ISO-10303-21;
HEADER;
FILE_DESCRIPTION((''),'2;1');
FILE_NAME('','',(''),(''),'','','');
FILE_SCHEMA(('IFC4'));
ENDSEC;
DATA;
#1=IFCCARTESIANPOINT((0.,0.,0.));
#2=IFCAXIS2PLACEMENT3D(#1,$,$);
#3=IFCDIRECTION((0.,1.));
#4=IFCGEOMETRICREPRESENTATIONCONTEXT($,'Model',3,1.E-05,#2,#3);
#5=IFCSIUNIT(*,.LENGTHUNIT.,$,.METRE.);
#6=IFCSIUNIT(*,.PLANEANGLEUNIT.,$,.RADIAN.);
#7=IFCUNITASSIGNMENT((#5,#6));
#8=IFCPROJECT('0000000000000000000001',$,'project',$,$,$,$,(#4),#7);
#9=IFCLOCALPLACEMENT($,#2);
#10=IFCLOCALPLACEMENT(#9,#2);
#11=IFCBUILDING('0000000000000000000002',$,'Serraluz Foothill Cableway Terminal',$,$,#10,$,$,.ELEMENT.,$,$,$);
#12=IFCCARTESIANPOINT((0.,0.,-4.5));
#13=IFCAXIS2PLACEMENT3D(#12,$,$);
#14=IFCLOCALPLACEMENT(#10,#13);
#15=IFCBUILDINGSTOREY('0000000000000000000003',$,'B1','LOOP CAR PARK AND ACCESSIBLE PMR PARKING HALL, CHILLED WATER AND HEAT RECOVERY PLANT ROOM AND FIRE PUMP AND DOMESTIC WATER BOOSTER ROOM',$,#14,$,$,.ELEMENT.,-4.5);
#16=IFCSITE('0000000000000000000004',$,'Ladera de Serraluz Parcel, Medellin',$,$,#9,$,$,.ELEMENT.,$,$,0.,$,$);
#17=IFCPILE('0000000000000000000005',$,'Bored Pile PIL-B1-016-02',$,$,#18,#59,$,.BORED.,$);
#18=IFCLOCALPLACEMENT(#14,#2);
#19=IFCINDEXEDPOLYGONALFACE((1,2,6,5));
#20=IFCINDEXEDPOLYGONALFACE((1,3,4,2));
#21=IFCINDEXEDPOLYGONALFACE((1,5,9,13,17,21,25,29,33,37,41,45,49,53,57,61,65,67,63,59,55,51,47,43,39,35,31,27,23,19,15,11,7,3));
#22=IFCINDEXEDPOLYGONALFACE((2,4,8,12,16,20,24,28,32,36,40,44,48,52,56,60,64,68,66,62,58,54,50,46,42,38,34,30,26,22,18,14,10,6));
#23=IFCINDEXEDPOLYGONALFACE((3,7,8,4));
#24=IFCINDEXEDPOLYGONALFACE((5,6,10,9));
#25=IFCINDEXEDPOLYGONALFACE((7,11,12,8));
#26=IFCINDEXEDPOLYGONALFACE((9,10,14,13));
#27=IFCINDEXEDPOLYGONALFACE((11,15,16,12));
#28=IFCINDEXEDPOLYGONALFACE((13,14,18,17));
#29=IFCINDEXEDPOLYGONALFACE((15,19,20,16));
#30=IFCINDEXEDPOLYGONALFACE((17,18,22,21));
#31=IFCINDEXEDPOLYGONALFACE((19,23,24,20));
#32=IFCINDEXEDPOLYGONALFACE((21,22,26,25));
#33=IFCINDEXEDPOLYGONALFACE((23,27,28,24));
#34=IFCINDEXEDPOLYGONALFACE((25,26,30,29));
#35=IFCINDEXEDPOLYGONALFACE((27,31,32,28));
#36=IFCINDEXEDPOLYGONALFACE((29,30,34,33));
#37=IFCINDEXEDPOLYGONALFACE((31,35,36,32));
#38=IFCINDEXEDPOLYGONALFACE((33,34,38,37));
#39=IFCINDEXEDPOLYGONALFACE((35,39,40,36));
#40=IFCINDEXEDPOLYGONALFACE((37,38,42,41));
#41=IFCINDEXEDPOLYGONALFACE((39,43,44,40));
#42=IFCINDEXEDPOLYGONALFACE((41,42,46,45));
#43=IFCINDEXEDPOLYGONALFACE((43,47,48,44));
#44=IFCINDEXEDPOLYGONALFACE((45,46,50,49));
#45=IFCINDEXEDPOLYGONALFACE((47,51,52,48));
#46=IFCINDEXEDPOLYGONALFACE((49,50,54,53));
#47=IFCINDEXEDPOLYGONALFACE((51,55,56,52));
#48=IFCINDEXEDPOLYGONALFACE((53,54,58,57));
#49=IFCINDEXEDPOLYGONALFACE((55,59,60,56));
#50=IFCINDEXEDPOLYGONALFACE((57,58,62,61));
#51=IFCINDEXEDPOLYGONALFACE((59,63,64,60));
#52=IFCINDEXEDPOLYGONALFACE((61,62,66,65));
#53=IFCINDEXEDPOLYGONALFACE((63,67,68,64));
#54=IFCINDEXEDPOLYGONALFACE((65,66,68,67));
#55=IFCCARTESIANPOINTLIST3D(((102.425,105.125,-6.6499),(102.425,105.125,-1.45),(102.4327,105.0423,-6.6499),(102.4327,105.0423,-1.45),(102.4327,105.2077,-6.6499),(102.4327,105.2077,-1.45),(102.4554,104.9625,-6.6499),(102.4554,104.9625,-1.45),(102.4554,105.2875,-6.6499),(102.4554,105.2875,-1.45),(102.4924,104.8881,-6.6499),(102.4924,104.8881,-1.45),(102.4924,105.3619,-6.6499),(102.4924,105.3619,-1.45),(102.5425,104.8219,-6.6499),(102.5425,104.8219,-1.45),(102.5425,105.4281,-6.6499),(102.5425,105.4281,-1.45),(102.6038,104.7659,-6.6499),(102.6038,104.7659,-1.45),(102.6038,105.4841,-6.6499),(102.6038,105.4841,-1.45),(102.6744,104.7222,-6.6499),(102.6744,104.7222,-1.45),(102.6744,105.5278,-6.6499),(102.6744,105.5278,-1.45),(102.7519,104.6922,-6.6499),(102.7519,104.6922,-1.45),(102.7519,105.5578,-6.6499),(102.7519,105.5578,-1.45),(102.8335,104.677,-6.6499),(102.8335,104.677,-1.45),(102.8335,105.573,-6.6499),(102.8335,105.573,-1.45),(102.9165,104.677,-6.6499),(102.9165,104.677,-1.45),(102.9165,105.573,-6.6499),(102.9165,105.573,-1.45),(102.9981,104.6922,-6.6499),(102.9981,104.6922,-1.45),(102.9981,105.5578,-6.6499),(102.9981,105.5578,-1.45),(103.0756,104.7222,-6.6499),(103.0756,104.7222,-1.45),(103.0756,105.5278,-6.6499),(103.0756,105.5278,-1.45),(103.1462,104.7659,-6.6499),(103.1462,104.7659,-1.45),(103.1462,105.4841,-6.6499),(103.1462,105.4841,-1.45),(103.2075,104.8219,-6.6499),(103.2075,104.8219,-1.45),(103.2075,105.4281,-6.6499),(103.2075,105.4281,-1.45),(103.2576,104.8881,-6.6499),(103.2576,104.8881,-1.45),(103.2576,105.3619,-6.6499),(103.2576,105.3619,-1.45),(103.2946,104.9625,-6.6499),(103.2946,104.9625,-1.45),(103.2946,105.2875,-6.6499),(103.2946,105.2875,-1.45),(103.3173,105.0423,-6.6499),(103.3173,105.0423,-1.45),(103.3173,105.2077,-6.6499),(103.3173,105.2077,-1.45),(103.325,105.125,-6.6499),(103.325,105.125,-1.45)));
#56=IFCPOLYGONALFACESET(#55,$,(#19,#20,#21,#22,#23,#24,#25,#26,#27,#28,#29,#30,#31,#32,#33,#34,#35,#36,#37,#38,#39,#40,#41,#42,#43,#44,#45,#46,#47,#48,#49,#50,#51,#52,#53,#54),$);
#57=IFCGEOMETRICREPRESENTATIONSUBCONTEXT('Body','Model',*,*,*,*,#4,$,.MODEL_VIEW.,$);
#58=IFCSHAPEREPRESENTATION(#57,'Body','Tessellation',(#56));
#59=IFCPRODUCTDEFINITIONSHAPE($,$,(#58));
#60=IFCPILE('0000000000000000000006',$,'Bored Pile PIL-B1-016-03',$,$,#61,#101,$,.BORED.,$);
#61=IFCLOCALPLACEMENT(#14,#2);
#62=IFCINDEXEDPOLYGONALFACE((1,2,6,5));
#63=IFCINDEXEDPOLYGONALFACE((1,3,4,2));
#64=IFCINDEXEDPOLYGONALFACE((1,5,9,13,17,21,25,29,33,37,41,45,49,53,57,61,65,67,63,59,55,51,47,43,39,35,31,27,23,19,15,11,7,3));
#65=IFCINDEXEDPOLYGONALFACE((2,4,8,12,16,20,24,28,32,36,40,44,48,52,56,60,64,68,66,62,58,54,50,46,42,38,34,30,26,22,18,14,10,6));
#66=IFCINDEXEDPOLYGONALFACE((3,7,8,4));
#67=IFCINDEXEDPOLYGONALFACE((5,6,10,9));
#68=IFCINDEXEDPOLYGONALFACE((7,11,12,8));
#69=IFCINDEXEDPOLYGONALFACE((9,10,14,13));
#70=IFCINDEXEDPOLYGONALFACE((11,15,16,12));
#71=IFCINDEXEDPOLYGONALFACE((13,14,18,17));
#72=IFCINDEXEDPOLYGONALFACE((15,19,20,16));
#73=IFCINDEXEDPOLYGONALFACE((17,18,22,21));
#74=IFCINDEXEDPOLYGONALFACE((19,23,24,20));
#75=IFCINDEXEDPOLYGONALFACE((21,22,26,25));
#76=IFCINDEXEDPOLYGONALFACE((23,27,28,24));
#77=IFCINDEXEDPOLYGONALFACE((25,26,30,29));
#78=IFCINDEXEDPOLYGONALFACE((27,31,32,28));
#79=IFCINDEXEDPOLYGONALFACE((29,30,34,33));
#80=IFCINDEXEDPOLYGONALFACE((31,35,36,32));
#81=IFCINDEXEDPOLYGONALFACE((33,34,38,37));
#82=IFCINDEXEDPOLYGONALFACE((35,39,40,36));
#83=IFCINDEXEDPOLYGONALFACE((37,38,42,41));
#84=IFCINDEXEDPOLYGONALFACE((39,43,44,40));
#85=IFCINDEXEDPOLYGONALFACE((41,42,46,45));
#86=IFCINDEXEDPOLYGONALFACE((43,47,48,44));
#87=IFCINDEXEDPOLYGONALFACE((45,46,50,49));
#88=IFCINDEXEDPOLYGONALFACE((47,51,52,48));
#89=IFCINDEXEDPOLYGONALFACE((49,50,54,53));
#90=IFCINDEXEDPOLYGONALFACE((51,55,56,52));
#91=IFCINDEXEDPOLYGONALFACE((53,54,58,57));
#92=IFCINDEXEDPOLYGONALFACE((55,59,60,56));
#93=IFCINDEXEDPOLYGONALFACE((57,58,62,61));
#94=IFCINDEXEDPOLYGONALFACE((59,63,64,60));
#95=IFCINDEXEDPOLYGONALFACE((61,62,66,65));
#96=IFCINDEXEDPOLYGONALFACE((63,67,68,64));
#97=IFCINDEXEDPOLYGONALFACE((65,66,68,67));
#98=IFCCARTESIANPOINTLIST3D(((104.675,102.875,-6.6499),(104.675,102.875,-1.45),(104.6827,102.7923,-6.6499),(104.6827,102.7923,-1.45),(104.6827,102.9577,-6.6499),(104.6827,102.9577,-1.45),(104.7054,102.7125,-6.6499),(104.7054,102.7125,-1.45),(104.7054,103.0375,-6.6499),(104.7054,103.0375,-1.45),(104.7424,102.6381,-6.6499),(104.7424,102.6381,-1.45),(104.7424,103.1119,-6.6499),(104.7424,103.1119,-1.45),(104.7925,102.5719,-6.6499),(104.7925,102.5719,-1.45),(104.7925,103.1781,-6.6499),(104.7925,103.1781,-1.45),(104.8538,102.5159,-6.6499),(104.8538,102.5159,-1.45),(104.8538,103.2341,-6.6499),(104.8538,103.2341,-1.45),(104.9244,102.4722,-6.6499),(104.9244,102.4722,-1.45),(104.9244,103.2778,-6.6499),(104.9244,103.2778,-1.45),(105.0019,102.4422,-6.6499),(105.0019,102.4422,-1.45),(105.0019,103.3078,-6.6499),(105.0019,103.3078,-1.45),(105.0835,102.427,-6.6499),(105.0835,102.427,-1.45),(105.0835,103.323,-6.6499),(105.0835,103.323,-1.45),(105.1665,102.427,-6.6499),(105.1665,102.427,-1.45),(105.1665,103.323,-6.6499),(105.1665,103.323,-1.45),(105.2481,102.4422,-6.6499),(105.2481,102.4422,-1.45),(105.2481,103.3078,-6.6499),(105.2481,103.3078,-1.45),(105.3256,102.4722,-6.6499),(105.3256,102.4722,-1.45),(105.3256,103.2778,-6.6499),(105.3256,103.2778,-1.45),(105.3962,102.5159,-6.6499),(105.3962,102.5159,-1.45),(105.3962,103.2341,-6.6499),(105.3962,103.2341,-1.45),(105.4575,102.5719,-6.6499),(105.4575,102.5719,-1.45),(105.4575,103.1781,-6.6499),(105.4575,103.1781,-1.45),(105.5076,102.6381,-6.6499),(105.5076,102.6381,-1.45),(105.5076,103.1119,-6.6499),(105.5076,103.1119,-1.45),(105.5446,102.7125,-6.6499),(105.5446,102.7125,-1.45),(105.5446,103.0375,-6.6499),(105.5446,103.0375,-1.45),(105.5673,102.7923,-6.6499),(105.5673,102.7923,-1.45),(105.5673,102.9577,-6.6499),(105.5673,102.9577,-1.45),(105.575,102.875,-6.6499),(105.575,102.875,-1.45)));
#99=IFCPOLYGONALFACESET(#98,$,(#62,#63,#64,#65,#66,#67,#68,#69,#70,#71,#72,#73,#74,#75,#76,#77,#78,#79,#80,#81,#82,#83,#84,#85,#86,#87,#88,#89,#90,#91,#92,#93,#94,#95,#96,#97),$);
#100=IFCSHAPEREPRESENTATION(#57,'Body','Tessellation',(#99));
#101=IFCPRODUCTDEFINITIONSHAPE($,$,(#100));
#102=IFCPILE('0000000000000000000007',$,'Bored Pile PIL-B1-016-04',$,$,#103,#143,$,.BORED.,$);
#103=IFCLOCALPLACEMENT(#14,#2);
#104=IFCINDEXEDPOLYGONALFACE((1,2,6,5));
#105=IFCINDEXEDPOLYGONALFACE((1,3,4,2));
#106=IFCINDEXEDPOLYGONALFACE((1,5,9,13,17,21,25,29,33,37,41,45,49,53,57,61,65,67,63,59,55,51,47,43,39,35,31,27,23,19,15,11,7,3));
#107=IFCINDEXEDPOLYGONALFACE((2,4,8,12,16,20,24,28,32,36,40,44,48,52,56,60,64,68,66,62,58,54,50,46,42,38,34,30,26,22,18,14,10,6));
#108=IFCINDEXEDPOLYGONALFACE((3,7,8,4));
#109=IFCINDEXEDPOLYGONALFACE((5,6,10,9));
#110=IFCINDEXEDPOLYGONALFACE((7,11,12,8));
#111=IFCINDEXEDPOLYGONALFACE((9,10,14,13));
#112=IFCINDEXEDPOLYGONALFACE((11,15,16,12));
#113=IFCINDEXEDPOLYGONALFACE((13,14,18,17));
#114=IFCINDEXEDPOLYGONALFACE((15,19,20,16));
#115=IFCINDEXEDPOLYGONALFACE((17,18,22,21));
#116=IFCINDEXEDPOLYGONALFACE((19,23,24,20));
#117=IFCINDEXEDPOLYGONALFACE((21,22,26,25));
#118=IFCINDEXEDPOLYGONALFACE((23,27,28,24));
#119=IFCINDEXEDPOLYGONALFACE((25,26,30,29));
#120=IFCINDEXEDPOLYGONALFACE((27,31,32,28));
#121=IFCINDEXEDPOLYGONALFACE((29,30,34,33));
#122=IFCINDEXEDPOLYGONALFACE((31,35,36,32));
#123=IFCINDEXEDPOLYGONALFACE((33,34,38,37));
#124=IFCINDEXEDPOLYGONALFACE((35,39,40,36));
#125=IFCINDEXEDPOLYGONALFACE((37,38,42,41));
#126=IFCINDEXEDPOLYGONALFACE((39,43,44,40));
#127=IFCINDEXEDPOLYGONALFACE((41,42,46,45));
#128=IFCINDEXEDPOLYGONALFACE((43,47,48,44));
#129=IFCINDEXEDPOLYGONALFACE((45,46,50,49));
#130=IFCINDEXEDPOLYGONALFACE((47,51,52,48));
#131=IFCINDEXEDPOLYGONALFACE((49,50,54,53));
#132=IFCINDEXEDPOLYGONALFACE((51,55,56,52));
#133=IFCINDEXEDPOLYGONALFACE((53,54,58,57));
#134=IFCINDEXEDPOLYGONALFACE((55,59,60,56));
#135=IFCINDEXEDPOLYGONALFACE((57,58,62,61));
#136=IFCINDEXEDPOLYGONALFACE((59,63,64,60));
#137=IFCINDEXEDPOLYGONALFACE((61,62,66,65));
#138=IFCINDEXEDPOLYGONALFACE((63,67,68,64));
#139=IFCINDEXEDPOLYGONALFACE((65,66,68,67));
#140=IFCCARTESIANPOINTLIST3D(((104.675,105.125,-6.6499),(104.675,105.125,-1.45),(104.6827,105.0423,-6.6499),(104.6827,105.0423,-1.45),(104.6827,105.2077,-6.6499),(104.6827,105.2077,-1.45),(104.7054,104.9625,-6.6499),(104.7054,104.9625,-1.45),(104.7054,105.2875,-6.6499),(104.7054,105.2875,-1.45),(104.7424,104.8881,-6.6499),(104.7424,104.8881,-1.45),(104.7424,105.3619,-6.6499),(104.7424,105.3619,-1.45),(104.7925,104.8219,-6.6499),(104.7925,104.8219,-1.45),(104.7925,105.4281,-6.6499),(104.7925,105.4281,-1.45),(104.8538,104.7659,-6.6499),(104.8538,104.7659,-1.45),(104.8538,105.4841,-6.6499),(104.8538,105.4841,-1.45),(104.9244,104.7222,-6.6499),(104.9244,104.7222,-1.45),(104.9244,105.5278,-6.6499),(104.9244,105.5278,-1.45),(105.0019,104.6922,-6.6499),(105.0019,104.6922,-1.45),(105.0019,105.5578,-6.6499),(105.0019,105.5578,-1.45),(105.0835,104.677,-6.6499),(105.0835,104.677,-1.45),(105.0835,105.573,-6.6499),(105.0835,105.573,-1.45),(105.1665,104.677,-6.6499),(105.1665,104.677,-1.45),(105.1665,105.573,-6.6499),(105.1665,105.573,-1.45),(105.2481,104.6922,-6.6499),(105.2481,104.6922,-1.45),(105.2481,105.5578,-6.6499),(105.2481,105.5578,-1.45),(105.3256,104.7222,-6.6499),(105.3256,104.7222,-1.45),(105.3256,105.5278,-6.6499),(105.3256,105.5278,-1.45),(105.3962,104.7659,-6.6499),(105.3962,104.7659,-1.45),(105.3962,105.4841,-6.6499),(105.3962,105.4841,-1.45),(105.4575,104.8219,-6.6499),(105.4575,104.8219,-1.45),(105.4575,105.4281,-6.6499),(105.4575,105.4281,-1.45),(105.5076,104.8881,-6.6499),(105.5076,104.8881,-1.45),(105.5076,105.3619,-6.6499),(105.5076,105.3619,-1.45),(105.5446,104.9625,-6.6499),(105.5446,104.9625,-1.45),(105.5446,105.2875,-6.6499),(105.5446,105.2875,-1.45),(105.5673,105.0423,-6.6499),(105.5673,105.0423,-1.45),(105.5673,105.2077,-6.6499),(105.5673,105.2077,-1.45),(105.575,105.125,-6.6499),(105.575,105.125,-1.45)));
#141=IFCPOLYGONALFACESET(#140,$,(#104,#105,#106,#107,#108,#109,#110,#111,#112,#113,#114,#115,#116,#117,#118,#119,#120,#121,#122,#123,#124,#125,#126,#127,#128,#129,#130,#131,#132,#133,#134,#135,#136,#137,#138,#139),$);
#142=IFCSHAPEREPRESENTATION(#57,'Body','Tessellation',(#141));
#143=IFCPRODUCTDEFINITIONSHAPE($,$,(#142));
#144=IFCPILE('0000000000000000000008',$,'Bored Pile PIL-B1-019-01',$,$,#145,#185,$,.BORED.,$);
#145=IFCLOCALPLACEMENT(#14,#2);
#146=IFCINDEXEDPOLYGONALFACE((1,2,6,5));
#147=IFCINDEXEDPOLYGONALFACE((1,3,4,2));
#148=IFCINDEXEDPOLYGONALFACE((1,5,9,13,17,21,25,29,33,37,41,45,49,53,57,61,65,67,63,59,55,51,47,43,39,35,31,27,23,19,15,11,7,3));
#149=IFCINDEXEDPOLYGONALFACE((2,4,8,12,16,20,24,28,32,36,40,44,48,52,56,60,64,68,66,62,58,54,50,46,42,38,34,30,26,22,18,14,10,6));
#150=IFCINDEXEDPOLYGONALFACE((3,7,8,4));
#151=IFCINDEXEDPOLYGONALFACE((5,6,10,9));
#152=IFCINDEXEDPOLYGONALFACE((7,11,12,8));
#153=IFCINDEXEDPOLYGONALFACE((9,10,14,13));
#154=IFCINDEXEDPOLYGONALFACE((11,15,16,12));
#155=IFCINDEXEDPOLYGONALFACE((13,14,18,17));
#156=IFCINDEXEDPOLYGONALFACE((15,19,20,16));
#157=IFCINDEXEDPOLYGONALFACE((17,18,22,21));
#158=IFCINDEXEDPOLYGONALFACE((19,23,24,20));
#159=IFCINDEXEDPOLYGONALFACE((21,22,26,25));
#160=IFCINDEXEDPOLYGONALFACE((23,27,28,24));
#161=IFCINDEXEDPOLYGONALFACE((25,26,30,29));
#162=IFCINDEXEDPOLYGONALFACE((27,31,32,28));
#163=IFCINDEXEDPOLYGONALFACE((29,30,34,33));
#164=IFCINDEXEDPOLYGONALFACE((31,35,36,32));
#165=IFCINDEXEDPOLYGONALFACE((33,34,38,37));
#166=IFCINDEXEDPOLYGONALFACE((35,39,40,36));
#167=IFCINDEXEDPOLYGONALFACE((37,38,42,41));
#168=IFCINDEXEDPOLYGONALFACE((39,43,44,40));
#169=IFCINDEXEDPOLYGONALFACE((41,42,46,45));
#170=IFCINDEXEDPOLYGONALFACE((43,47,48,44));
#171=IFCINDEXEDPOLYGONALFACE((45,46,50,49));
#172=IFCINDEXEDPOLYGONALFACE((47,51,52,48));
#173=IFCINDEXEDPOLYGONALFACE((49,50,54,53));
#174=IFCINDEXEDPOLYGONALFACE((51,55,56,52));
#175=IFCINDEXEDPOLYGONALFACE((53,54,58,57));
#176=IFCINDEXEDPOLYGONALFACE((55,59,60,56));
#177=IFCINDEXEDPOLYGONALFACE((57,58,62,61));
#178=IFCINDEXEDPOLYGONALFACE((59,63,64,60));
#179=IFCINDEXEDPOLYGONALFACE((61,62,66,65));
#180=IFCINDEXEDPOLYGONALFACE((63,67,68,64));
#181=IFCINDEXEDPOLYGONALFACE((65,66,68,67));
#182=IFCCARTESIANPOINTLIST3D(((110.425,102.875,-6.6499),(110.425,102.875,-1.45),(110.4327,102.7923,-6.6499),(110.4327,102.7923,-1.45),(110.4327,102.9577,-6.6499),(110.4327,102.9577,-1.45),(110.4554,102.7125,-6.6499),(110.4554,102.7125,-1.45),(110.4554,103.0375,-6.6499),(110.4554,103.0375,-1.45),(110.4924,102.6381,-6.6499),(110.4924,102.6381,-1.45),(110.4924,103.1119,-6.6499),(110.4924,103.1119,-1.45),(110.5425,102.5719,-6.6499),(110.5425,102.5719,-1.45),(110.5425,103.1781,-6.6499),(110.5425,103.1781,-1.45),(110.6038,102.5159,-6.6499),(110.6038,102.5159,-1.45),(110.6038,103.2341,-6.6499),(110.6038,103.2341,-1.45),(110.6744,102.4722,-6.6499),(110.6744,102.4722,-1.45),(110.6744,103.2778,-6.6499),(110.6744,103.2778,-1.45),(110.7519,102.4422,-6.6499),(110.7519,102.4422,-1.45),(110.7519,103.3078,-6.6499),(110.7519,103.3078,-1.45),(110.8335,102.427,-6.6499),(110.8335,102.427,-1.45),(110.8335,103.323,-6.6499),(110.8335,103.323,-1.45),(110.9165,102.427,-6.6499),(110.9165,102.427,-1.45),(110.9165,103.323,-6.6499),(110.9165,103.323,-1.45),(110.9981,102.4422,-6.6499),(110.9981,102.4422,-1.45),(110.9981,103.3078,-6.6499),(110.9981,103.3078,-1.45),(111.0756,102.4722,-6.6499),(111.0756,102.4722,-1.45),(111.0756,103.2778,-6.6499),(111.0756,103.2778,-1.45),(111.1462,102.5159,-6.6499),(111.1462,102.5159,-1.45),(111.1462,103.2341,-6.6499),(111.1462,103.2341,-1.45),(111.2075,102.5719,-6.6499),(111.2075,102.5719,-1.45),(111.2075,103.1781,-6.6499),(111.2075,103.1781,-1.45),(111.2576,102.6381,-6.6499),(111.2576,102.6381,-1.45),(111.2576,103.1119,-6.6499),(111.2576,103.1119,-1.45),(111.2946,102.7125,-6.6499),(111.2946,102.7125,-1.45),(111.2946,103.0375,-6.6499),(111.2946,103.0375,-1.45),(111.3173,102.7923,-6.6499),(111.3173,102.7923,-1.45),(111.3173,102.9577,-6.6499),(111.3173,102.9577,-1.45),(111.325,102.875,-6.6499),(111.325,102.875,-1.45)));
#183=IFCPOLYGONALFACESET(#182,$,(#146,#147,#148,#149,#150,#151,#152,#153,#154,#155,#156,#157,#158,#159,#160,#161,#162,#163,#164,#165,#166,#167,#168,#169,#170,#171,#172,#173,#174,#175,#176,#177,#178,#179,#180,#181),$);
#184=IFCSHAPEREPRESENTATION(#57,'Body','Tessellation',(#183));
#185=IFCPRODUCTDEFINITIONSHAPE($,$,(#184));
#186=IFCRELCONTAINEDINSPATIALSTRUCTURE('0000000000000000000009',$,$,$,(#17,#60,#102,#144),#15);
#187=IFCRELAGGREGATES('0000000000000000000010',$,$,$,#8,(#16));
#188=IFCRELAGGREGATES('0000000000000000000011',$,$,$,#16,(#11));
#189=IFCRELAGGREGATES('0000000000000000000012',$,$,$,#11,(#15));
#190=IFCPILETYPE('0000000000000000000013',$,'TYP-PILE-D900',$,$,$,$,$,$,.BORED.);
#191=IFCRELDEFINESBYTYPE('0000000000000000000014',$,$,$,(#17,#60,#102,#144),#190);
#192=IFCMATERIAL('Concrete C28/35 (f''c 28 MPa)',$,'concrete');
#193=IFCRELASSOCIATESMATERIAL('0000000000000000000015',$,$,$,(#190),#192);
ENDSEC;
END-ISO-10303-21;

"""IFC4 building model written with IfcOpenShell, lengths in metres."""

from ifc_helpers import new_model, si_unit, direction, frame, origin, origin_2d, place, context, subcontext, project, spatial, circle, extrude, material, material_profile, profile_set, type_object, element, save


model = new_model("IFC4")

# Units and contexts
model_context = context("Model", 3, precision=1e-05, world=origin(), true_north=direction((0.0, 1.0)))
body_context = subcontext(model_context, "Body", "Model", "MODEL_VIEW")
ifc_project = project(units=[si_unit("LENGTHUNIT", "METRE"), si_unit("PLANEANGLEUNIT", "RADIAN")], contexts=[model_context])

# Site, building, storey
site_placement = place(None, origin())
site = spatial("IfcSite", under=ifc_project, at=site_placement, Name="Ladera de Serraluz Parcel, Medellin", CompositionType="ELEMENT", RefElevation=0.0)
building_placement = place(site_placement, origin())
building = spatial("IfcBuilding", under=site, at=building_placement, Name="Serraluz Foothill Cableway Terminal", CompositionType="ELEMENT")
storey_placement = place(building_placement, frame((0.0, 0.0, -4.5)))
storey = spatial("IfcBuildingStorey", under=building, at=storey_placement, Name="B1", Description="LOOP CAR PARK AND ACCESSIBLE PMR PARKING HALL, CHILLED WATER AND HEAT RECOVERY PLANT ROOM AND FIRE PUMP AND DOMESTIC WATER BOOSTER ROOM", CompositionType="ELEMENT", Elevation=-4.5)

# Piles
ifc_material_1 = material(Name="Concrete C28/35 (f'c 28 MPa)", Category="concrete")
ifc_material_profile_1 = material_profile(ifc_material_1, circle(Radius=0.45, at=origin_2d()), Name="BORED PILE D900")
ifc_profile_set_1 = profile_set([ifc_material_profile_1], Name="Concrete C28/35 (f'c 28 MPa)")
pile_type = type_object("IfcPileType", Name="TYP-PILE-D900", PredefinedType="BORED", material=ifc_profile_set_1)
for number, where, z_axis, x_axis, name in (
    (1, (102.875, 105.125, -1.45), (0.0, 0.0, -1.0), (1.0, 0.0, 0.0), "Bored Pile PIL-B1-016-02"),
    (2, (105.125, 102.875, -1.45), (0.0, 0.0, -1.0), (1.0, 0.0, 0.0), "Bored Pile PIL-B1-016-03"),
    (3, (105.125, 105.125, -1.45), (0.0, 0.0, -1.0), (1.0, 0.0, 0.0), "Bored Pile PIL-B1-016-04"),
    (4, (110.875, 102.875, -1.45), (0.0, 0.0, -1.0), (1.0, 0.0, 0.0), "Bored Pile PIL-B1-019-01"),
):
    element("IfcPile", number, at=place(storey_placement, frame(where, z_axis=z_axis, x_axis=x_axis)), inside=storey, type_object=pile_type, Name=name, PredefinedType="BORED", context=body_context, shape_type="SweptSolid", body=[
        extrude(circle(Radius=0.45, at=origin_2d()), origin(), (0.0, 0.0, 1.0), 5.2),
    ])

save(model, "model.ifc")
